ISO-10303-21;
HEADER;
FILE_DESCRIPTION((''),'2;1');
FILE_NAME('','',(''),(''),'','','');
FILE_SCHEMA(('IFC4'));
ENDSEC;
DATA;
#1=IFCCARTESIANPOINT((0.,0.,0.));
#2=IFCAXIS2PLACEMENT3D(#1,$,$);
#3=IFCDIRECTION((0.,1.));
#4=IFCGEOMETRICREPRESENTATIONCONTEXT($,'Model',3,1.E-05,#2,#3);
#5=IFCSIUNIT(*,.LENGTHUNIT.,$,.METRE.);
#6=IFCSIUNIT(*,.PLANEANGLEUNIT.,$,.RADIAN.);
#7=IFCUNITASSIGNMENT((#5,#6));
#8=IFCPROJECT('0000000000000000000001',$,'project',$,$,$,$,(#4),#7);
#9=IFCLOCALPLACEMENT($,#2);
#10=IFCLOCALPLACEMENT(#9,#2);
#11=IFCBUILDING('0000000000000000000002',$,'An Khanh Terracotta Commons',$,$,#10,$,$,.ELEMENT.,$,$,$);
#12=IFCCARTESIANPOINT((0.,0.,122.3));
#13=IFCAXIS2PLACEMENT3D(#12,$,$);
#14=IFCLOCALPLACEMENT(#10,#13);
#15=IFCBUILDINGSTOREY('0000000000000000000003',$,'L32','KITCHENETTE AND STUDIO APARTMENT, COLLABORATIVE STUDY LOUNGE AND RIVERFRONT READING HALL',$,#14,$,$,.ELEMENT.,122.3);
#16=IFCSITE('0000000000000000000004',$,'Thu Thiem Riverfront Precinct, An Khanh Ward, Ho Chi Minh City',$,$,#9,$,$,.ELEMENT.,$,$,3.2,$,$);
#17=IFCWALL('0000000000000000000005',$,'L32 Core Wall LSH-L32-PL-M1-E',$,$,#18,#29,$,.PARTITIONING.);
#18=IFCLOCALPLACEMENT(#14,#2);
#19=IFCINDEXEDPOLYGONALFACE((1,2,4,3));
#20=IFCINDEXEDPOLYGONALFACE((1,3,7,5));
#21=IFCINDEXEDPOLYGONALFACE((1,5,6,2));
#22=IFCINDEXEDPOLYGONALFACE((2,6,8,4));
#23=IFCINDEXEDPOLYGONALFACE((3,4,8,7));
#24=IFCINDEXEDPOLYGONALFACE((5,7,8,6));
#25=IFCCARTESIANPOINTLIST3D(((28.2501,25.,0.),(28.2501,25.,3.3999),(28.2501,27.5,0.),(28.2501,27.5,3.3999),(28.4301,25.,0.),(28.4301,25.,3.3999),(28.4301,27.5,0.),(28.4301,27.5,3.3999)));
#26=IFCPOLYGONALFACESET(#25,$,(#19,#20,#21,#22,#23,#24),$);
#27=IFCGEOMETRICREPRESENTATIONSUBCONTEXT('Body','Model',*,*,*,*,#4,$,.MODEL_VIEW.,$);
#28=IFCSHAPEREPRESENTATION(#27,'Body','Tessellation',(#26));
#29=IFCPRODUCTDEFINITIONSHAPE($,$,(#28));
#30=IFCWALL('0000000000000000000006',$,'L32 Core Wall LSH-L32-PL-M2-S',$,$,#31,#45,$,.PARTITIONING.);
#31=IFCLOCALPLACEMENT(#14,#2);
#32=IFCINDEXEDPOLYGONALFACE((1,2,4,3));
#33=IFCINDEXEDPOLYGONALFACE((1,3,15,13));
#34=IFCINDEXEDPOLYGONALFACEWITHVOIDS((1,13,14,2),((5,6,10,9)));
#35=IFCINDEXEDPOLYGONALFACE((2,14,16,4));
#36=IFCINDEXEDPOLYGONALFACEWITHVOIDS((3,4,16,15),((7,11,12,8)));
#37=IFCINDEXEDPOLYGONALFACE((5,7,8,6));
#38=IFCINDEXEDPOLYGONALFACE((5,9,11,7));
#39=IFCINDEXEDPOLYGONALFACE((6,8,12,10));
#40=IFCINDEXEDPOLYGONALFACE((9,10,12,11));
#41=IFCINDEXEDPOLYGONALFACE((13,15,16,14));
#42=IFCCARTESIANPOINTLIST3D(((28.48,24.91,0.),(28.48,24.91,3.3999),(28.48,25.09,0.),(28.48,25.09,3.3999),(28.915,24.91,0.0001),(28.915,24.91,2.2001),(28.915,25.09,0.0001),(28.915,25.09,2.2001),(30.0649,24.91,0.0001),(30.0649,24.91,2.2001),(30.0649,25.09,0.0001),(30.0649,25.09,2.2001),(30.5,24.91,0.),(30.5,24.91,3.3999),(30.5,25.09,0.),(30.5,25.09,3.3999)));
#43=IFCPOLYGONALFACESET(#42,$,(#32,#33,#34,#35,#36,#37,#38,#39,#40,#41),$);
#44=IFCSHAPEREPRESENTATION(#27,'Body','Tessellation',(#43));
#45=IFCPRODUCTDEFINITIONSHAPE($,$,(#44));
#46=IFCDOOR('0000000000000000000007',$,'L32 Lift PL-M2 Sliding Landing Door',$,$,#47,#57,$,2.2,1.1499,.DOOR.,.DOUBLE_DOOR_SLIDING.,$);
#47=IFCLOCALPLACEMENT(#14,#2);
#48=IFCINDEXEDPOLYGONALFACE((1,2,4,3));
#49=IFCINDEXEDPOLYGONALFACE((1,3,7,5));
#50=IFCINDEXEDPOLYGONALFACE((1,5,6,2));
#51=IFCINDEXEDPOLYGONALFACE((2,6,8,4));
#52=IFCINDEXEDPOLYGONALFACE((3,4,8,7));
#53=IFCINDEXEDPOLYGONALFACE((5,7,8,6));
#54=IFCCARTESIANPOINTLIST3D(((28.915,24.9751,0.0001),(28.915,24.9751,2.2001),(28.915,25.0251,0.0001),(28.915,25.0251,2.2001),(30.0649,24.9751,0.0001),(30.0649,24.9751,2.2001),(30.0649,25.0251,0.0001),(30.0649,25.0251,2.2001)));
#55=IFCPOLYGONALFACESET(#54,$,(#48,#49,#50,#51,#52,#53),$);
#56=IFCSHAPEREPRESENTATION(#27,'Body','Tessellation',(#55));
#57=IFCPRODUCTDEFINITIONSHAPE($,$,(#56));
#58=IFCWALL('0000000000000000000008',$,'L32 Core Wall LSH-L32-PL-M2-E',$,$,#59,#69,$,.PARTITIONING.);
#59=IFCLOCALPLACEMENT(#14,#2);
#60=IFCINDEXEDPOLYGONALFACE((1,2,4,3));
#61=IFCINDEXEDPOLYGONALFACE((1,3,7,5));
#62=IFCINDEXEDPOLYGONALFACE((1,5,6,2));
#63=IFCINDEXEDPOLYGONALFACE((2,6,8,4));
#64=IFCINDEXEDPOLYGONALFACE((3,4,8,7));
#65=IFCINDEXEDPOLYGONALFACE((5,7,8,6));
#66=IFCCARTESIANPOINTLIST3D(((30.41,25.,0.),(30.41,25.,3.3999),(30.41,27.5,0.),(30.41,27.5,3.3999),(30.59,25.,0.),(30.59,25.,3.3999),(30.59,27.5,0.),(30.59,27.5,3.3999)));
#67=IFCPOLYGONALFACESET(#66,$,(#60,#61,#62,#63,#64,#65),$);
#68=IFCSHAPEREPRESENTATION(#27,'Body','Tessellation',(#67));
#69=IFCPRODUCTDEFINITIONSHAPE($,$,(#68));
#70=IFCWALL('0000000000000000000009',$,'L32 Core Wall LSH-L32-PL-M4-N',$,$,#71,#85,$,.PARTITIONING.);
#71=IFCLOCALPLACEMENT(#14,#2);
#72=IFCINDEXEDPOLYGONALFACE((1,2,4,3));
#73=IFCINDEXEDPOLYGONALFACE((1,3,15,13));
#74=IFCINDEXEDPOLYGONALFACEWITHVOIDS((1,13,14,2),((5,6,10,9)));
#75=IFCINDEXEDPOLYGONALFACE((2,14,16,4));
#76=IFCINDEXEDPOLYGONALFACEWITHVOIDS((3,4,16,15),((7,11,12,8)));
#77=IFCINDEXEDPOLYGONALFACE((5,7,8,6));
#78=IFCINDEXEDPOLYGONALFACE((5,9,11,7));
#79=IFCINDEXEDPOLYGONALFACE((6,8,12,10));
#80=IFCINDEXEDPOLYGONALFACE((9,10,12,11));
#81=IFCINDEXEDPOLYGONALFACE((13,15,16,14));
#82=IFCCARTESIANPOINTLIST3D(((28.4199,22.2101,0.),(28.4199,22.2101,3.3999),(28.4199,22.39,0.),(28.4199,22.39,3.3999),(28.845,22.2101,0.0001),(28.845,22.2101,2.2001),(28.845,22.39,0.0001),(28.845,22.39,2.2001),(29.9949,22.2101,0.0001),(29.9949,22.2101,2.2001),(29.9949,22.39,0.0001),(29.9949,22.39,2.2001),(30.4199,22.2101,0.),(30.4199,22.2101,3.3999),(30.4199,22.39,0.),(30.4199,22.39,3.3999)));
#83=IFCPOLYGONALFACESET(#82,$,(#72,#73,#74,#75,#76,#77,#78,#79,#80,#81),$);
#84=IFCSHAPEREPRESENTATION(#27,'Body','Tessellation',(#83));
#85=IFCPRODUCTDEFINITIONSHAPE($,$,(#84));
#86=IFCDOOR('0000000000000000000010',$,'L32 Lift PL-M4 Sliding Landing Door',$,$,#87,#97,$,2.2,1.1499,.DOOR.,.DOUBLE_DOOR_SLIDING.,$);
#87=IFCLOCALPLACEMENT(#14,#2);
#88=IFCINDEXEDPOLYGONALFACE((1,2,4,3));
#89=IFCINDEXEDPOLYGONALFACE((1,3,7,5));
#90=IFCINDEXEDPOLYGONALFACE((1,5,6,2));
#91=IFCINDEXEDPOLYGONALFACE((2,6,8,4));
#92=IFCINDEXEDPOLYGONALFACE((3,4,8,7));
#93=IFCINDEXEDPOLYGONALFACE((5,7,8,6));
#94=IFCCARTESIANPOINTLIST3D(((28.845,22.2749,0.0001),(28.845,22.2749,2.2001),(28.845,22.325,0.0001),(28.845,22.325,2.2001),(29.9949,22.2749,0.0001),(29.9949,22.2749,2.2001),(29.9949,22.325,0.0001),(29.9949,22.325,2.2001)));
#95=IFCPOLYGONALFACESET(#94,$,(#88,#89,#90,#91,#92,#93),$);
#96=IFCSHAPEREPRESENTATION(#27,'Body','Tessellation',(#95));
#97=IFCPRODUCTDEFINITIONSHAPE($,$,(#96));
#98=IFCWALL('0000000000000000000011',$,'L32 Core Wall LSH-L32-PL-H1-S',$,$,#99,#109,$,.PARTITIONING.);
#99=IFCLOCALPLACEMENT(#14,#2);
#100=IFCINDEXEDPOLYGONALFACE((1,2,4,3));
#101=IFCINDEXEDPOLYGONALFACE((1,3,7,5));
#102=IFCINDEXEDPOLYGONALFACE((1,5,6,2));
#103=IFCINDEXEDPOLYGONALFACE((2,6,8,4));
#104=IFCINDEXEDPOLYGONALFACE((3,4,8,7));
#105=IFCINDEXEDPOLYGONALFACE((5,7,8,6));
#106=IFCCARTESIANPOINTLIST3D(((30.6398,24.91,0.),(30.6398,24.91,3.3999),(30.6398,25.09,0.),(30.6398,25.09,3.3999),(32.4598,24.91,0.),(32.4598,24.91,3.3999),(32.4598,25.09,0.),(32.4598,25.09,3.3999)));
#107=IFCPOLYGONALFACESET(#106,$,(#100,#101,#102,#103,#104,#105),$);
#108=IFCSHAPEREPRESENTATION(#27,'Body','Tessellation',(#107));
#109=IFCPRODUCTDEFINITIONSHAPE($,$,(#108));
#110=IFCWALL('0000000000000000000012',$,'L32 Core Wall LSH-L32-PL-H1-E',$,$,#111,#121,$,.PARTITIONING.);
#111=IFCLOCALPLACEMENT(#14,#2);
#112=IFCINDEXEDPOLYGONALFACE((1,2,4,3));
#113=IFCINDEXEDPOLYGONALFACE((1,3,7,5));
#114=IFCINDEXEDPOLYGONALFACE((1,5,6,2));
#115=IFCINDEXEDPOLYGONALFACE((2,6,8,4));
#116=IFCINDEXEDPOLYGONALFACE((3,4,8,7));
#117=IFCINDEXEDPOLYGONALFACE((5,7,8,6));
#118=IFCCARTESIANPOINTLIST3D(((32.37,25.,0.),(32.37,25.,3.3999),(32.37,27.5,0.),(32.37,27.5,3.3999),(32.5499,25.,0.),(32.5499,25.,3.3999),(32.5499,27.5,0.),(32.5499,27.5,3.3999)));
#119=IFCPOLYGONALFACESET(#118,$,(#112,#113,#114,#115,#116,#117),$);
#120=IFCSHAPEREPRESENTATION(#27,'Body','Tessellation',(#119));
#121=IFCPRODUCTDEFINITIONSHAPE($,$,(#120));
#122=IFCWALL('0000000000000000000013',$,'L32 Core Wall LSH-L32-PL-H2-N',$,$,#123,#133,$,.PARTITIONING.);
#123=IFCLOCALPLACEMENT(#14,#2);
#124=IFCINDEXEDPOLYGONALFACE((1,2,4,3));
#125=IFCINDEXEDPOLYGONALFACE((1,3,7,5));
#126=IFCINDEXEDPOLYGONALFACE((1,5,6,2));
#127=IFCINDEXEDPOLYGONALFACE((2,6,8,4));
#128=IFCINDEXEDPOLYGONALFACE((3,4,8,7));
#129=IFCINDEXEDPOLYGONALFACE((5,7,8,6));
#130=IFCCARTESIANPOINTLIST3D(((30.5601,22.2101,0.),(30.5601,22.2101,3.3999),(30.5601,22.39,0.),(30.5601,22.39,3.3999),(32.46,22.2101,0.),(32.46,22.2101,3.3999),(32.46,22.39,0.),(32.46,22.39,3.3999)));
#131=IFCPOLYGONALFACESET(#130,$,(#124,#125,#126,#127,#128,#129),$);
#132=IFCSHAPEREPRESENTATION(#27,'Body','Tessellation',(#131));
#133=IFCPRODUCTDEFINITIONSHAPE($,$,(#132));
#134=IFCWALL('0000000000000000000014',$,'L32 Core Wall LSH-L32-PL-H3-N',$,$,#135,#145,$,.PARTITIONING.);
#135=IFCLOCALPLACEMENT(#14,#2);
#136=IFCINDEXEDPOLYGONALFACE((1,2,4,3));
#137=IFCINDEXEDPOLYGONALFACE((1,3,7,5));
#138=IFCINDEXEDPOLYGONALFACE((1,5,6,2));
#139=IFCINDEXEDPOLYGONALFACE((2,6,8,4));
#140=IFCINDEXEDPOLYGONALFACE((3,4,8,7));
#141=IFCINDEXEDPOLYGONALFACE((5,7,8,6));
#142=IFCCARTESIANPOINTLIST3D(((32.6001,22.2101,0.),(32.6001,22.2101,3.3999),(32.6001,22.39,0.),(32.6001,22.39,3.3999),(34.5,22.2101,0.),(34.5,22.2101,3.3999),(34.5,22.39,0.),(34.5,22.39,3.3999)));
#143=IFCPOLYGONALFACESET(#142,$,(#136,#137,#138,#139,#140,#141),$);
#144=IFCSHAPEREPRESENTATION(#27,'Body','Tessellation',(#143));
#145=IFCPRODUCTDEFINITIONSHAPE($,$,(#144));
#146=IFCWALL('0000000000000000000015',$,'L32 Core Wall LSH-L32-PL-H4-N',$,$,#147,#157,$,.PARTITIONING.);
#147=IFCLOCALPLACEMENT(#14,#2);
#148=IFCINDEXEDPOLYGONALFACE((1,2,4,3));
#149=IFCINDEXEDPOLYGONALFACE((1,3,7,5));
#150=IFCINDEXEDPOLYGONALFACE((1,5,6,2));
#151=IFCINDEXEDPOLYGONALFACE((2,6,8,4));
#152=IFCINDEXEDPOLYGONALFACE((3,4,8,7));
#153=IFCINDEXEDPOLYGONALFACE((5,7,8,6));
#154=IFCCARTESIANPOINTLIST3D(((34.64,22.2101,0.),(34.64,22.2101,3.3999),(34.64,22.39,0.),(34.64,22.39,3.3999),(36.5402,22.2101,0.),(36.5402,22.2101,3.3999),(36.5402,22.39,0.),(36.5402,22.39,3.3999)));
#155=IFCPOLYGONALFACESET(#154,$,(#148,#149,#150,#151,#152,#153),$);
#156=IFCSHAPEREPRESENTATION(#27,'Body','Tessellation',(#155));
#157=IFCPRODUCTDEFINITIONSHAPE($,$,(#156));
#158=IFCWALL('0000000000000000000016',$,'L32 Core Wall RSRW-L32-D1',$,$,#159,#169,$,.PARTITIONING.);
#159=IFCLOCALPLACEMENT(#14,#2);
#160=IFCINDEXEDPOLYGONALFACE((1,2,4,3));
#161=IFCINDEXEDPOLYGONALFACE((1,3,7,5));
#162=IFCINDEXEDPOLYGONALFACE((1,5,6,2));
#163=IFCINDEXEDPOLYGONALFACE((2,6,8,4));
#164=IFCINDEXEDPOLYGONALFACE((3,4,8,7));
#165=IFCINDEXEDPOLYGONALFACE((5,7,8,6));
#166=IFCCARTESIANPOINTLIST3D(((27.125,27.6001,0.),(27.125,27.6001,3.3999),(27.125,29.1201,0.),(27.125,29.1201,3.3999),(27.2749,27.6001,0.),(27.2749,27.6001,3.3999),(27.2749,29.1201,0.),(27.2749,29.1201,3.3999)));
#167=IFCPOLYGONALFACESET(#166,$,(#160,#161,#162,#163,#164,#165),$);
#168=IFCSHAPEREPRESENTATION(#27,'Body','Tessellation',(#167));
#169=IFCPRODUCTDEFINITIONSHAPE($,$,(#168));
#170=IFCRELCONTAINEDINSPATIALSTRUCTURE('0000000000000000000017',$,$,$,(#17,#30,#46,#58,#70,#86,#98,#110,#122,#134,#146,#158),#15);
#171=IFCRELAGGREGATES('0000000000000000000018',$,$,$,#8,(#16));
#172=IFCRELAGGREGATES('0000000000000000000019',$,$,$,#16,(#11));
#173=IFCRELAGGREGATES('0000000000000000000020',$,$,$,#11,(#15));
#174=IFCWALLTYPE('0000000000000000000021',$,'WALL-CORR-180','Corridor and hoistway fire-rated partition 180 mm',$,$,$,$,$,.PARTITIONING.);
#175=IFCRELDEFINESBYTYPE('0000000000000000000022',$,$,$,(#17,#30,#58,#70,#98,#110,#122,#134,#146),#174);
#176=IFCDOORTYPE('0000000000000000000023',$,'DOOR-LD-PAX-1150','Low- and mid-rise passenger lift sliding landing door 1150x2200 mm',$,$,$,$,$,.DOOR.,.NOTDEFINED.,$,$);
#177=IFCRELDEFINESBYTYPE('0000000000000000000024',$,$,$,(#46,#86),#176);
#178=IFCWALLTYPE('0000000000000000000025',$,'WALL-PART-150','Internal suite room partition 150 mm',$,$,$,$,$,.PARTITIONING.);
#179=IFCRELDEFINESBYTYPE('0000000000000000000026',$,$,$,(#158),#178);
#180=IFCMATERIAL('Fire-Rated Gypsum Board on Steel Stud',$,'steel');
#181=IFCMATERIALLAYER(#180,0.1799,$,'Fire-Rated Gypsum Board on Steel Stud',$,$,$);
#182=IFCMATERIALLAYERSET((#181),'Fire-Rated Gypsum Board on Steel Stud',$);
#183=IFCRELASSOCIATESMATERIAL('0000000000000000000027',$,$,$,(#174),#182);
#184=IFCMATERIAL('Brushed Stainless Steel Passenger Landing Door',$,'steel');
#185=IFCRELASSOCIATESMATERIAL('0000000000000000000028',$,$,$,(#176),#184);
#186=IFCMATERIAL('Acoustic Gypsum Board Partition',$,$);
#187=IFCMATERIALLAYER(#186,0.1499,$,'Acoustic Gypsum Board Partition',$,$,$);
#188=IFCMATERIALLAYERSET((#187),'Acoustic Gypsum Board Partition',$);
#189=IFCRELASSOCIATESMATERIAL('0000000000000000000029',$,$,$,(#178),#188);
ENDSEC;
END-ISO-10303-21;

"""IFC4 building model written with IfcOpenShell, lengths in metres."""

from ifc_helpers import new_model, si_unit, direction, frame, frame_2d, origin, place, context, subcontext, project, spatial, rectangle, extrude, material, layer, layer_set, type_object, element, fill, save


model = new_model("IFC4")

# Units and contexts
model_context = context("Model", 3, precision=1e-05, world=origin(), true_north=direction((0.0, 1.0)))
body_context = subcontext(model_context, "Body", "Model", "MODEL_VIEW")
ifc_project = project(units=[si_unit("LENGTHUNIT", "METRE"), si_unit("PLANEANGLEUNIT", "RADIAN")], contexts=[model_context])

# Site, building, storey
site_placement = place(None, origin())
site = spatial("IfcSite", under=ifc_project, at=site_placement, Name="Thu Thiem Riverfront Precinct, An Khanh Ward, Ho Chi Minh City", CompositionType="ELEMENT", RefElevation=3.2)
building_placement = place(site_placement, origin())
building = spatial("IfcBuilding", under=site, at=building_placement, Name="An Khanh Terracotta Commons", CompositionType="ELEMENT")
storey_placement = place(building_placement, frame((0.0, 0.0, 122.3)))
storey = spatial("IfcBuildingStorey", under=building, at=storey_placement, Name="L32", Description="KITCHENETTE AND STUDIO APARTMENT, COLLABORATIVE STUDY LOUNGE AND RIVERFRONT READING HALL", CompositionType="ELEMENT", Elevation=122.3)

# Shared definitions
ifc_material_1 = material(Name="Fire-Rated Gypsum Board on Steel Stud", Category="steel")
ifc_layer_1 = layer(ifc_material_1, 0.1799, Name="Fire-Rated Gypsum Board on Steel Stud")
ifc_layer_set_1 = layer_set([ifc_layer_1], Name="Fire-Rated Gypsum Board on Steel Stud")
wall_type_1 = type_object("IfcWallType", Name="WALL-CORR-180", Description="Corridor and hoistway fire-rated partition 180 mm", PredefinedType="PARTITIONING", material=ifc_layer_set_1)

# Shared definitions
ifc_material_2 = material(Name="Brushed Stainless Steel Passenger Landing Door", Category="steel")
door_type = type_object("IfcDoorType", Name="DOOR-LD-PAX-1150", Description="Low- and mid-rise passenger lift sliding landing door 1150x2200 mm", OperationType="NOTDEFINED", PredefinedType="DOOR", material=ifc_material_2)

# Wall
wall_1_placement = place(storey_placement, frame((28.3401, 25.0, 0.0), z_axis=(0.0, 0.0, 1.0), x_axis=(0.0, 1.0, 0.0)))
element("IfcWall", 1, at=wall_1_placement, inside=storey, type_object=wall_type_1, Name="L32 Core Wall LSH-L32-PL-M1-E", PredefinedType="PARTITIONING", context=body_context, shape_type="SweptSolid", body=[
    extrude(rectangle(XDim=2.5, YDim=0.1799, at=frame_2d((1.25, 0.0))), origin(), (0.0, 0.0, 1.0), 3.3999),
])

# Wall, opening, door
wall_2_placement = place(storey_placement, frame((30.5, 25.0, 0.0), z_axis=(0.0, 0.0, 1.0), x_axis=(-1.0, 0.0, 0.0)))
wall_2 = element("IfcWall", 2, at=wall_2_placement, inside=storey, type_object=wall_type_1, Name="L32 Core Wall LSH-L32-PL-M2-S", PredefinedType="PARTITIONING", context=body_context, shape_type="SweptSolid", body=[
    extrude(rectangle(XDim=2.02, YDim=0.1799, at=frame_2d((1.01, 0.0))), origin(), (0.0, 0.0, 1.0), 3.3999),
])
opening_1_placement = place(wall_2_placement, frame((0.4351, 0.0, 0.0)))
opening_1 = element("IfcOpeningElement", 3, at=opening_1_placement, cuts=wall_2, PredefinedType="OPENING", context=body_context, shape_type="SweptSolid", body=[
    extrude(rectangle(XDim=1.1499, YDim=2.2, at=frame_2d((0.575, 1.1001))), frame((0.0, 0.0999, 0.0), z_axis=(0.0, -1.0, 0.0), x_axis=(1.0, 0.0, 0.0)), (0.0, 0.0, 1.0), 0.2),
])
door_1_placement = place(opening_1_placement, origin())
door_1 = element("IfcDoor", 4, at=door_1_placement, inside=storey, type_object=door_type, Name="L32 Lift PL-M2 Sliding Landing Door", OperationType="DOUBLE_DOOR_SLIDING", OverallHeight=2.2, OverallWidth=1.1499, PredefinedType="DOOR", context=body_context, shape_type="SweptSolid", body=[
    extrude(rectangle(XDim=1.1499, YDim=2.2, at=frame_2d((0.575, 1.1001))), frame((0.0, 0.0249, 0.0), z_axis=(0.0, -1.0, 0.0), x_axis=(1.0, 0.0, 0.0)), (0.0, 0.0, 1.0), 0.05),
])
fill(opening_1, door_1)

# Wall
wall_3_placement = place(storey_placement, frame((30.5, 25.0, 0.0), z_axis=(0.0, 0.0, 1.0), x_axis=(0.0, 1.0, 0.0)))
element("IfcWall", 5, at=wall_3_placement, inside=storey, type_object=wall_type_1, Name="L32 Core Wall LSH-L32-PL-M2-E", PredefinedType="PARTITIONING", context=body_context, shape_type="SweptSolid", body=[
    extrude(rectangle(XDim=2.5, YDim=0.1799, at=frame_2d((1.25, 0.0))), origin(), (0.0, 0.0, 1.0), 3.3999),
])

# Wall, opening, door
wall_4_placement = place(storey_placement, frame((28.4199, 22.3, 0.0), z_axis=(0.0, 0.0, 1.0), x_axis=(1.0, 0.0, 0.0)))
wall_4 = element("IfcWall", 6, at=wall_4_placement, inside=storey, type_object=wall_type_1, Name="L32 Core Wall LSH-L32-PL-M4-N", PredefinedType="PARTITIONING", context=body_context, shape_type="SweptSolid", body=[
    extrude(rectangle(XDim=2.0, YDim=0.1799, at=frame_2d((1.0, 0.0))), origin(), (0.0, 0.0, 1.0), 3.3999),
])
opening_2_placement = place(wall_4_placement, frame((0.425, 0.0, 0.0)))
opening_2 = element("IfcOpeningElement", 7, at=opening_2_placement, cuts=wall_4, PredefinedType="OPENING", context=body_context, shape_type="SweptSolid", body=[
    extrude(rectangle(XDim=1.1499, YDim=2.2, at=frame_2d((0.575, 1.1001))), frame((0.0, 0.0999, 0.0), z_axis=(0.0, -1.0, 0.0), x_axis=(1.0, 0.0, 0.0)), (0.0, 0.0, 1.0), 0.2),
])
door_2_placement = place(opening_2_placement, origin())
door_2 = element("IfcDoor", 8, at=door_2_placement, inside=storey, type_object=door_type, Name="L32 Lift PL-M4 Sliding Landing Door", OperationType="DOUBLE_DOOR_SLIDING", OverallHeight=2.2, OverallWidth=1.1499, PredefinedType="DOOR", context=body_context, shape_type="SweptSolid", body=[
    extrude(rectangle(XDim=1.1499, YDim=2.2, at=frame_2d((0.575, 1.1001))), frame((0.0, 0.0249, 0.0), z_axis=(0.0, -1.0, 0.0), x_axis=(1.0, 0.0, 0.0)), (0.0, 0.0, 1.0), 0.05),
])
fill(opening_2, door_2)

# Walls
wall_5_placement = place(storey_placement, frame((32.46, 25.0, 0.0), z_axis=(0.0, 0.0, 1.0), x_axis=(-1.0, 0.0, 0.0)))
element("IfcWall", 9, at=wall_5_placement, inside=storey, type_object=wall_type_1, Name="L32 Core Wall LSH-L32-PL-H1-S", PredefinedType="PARTITIONING", context=body_context, shape_type="SweptSolid", body=[
    extrude(rectangle(XDim=1.8201, YDim=0.1799, at=frame_2d((0.9102, 0.0))), origin(), (0.0, 0.0, 1.0), 3.3999),
])
wall_6_placement = place(storey_placement, frame((32.46, 25.0, 0.0), z_axis=(0.0, 0.0, 1.0), x_axis=(0.0, 1.0, 0.0)))
element("IfcWall", 10, at=wall_6_placement, inside=storey, type_object=wall_type_1, Name="L32 Core Wall LSH-L32-PL-H1-E", PredefinedType="PARTITIONING", context=body_context, shape_type="SweptSolid", body=[
    extrude(rectangle(XDim=2.5, YDim=0.1799, at=frame_2d((1.25, 0.0))), origin(), (0.0, 0.0, 1.0), 3.3999),
])
for number, where, z_axis, x_axis, name in (
    (11, (30.5601, 22.3, 0.0), (0.0, 0.0, 1.0), (1.0, 0.0, 0.0), "L32 Core Wall LSH-L32-PL-H2-N"),
    (12, (32.6001, 22.3, 0.0), (0.0, 0.0, 1.0), (1.0, 0.0, 0.0), "L32 Core Wall LSH-L32-PL-H3-N"),
):
    element("IfcWall", number, at=place(storey_placement, frame(where, z_axis=z_axis, x_axis=x_axis)), inside=storey, type_object=wall_type_1, Name=name, PredefinedType="PARTITIONING", context=body_context, shape_type="SweptSolid", body=[
        extrude(rectangle(XDim=1.8999, YDim=0.1799, at=frame_2d((0.95, 0.0))), origin(), (0.0, 0.0, 1.0), 3.3999),
    ])
wall_7_placement = place(storey_placement, frame((34.6399, 22.3, 0.0), z_axis=(0.0, 0.0, 1.0), x_axis=(1.0, 0.0, 0.0)))
element("IfcWall", 13, at=wall_7_placement, inside=storey, type_object=wall_type_1, Name="L32 Core Wall LSH-L32-PL-H4-N", PredefinedType="PARTITIONING", context=body_context, shape_type="SweptSolid", body=[
    extrude(rectangle(XDim=1.9001, YDim=0.1799, at=frame_2d((0.9502, 0.0))), origin(), (0.0, 0.0, 1.0), 3.3999),
])
ifc_material_3 = material(Name="Acoustic Gypsum Board Partition")
ifc_layer_2 = layer(ifc_material_3, 0.1499, Name="Acoustic Gypsum Board Partition")
ifc_layer_set_2 = layer_set([ifc_layer_2], Name="Acoustic Gypsum Board Partition")
wall_type_2 = type_object("IfcWallType", Name="WALL-PART-150", Description="Internal suite room partition 150 mm", PredefinedType="PARTITIONING", material=ifc_layer_set_2)
wall_8_placement = place(storey_placement, frame((27.2, 27.6001, 0.0), z_axis=(0.0, 0.0, 1.0), x_axis=(0.0, 1.0, 0.0)))
element("IfcWall", 14, at=wall_8_placement, inside=storey, type_object=wall_type_2, Name="L32 Core Wall RSRW-L32-D1", PredefinedType="PARTITIONING", context=body_context, shape_type="SweptSolid", body=[
    extrude(rectangle(XDim=1.52, YDim=0.1499, at=frame_2d((0.76, 0.0))), origin(), (0.0, 0.0, 1.0), 3.3999),
])

save(model, "model.ifc")
